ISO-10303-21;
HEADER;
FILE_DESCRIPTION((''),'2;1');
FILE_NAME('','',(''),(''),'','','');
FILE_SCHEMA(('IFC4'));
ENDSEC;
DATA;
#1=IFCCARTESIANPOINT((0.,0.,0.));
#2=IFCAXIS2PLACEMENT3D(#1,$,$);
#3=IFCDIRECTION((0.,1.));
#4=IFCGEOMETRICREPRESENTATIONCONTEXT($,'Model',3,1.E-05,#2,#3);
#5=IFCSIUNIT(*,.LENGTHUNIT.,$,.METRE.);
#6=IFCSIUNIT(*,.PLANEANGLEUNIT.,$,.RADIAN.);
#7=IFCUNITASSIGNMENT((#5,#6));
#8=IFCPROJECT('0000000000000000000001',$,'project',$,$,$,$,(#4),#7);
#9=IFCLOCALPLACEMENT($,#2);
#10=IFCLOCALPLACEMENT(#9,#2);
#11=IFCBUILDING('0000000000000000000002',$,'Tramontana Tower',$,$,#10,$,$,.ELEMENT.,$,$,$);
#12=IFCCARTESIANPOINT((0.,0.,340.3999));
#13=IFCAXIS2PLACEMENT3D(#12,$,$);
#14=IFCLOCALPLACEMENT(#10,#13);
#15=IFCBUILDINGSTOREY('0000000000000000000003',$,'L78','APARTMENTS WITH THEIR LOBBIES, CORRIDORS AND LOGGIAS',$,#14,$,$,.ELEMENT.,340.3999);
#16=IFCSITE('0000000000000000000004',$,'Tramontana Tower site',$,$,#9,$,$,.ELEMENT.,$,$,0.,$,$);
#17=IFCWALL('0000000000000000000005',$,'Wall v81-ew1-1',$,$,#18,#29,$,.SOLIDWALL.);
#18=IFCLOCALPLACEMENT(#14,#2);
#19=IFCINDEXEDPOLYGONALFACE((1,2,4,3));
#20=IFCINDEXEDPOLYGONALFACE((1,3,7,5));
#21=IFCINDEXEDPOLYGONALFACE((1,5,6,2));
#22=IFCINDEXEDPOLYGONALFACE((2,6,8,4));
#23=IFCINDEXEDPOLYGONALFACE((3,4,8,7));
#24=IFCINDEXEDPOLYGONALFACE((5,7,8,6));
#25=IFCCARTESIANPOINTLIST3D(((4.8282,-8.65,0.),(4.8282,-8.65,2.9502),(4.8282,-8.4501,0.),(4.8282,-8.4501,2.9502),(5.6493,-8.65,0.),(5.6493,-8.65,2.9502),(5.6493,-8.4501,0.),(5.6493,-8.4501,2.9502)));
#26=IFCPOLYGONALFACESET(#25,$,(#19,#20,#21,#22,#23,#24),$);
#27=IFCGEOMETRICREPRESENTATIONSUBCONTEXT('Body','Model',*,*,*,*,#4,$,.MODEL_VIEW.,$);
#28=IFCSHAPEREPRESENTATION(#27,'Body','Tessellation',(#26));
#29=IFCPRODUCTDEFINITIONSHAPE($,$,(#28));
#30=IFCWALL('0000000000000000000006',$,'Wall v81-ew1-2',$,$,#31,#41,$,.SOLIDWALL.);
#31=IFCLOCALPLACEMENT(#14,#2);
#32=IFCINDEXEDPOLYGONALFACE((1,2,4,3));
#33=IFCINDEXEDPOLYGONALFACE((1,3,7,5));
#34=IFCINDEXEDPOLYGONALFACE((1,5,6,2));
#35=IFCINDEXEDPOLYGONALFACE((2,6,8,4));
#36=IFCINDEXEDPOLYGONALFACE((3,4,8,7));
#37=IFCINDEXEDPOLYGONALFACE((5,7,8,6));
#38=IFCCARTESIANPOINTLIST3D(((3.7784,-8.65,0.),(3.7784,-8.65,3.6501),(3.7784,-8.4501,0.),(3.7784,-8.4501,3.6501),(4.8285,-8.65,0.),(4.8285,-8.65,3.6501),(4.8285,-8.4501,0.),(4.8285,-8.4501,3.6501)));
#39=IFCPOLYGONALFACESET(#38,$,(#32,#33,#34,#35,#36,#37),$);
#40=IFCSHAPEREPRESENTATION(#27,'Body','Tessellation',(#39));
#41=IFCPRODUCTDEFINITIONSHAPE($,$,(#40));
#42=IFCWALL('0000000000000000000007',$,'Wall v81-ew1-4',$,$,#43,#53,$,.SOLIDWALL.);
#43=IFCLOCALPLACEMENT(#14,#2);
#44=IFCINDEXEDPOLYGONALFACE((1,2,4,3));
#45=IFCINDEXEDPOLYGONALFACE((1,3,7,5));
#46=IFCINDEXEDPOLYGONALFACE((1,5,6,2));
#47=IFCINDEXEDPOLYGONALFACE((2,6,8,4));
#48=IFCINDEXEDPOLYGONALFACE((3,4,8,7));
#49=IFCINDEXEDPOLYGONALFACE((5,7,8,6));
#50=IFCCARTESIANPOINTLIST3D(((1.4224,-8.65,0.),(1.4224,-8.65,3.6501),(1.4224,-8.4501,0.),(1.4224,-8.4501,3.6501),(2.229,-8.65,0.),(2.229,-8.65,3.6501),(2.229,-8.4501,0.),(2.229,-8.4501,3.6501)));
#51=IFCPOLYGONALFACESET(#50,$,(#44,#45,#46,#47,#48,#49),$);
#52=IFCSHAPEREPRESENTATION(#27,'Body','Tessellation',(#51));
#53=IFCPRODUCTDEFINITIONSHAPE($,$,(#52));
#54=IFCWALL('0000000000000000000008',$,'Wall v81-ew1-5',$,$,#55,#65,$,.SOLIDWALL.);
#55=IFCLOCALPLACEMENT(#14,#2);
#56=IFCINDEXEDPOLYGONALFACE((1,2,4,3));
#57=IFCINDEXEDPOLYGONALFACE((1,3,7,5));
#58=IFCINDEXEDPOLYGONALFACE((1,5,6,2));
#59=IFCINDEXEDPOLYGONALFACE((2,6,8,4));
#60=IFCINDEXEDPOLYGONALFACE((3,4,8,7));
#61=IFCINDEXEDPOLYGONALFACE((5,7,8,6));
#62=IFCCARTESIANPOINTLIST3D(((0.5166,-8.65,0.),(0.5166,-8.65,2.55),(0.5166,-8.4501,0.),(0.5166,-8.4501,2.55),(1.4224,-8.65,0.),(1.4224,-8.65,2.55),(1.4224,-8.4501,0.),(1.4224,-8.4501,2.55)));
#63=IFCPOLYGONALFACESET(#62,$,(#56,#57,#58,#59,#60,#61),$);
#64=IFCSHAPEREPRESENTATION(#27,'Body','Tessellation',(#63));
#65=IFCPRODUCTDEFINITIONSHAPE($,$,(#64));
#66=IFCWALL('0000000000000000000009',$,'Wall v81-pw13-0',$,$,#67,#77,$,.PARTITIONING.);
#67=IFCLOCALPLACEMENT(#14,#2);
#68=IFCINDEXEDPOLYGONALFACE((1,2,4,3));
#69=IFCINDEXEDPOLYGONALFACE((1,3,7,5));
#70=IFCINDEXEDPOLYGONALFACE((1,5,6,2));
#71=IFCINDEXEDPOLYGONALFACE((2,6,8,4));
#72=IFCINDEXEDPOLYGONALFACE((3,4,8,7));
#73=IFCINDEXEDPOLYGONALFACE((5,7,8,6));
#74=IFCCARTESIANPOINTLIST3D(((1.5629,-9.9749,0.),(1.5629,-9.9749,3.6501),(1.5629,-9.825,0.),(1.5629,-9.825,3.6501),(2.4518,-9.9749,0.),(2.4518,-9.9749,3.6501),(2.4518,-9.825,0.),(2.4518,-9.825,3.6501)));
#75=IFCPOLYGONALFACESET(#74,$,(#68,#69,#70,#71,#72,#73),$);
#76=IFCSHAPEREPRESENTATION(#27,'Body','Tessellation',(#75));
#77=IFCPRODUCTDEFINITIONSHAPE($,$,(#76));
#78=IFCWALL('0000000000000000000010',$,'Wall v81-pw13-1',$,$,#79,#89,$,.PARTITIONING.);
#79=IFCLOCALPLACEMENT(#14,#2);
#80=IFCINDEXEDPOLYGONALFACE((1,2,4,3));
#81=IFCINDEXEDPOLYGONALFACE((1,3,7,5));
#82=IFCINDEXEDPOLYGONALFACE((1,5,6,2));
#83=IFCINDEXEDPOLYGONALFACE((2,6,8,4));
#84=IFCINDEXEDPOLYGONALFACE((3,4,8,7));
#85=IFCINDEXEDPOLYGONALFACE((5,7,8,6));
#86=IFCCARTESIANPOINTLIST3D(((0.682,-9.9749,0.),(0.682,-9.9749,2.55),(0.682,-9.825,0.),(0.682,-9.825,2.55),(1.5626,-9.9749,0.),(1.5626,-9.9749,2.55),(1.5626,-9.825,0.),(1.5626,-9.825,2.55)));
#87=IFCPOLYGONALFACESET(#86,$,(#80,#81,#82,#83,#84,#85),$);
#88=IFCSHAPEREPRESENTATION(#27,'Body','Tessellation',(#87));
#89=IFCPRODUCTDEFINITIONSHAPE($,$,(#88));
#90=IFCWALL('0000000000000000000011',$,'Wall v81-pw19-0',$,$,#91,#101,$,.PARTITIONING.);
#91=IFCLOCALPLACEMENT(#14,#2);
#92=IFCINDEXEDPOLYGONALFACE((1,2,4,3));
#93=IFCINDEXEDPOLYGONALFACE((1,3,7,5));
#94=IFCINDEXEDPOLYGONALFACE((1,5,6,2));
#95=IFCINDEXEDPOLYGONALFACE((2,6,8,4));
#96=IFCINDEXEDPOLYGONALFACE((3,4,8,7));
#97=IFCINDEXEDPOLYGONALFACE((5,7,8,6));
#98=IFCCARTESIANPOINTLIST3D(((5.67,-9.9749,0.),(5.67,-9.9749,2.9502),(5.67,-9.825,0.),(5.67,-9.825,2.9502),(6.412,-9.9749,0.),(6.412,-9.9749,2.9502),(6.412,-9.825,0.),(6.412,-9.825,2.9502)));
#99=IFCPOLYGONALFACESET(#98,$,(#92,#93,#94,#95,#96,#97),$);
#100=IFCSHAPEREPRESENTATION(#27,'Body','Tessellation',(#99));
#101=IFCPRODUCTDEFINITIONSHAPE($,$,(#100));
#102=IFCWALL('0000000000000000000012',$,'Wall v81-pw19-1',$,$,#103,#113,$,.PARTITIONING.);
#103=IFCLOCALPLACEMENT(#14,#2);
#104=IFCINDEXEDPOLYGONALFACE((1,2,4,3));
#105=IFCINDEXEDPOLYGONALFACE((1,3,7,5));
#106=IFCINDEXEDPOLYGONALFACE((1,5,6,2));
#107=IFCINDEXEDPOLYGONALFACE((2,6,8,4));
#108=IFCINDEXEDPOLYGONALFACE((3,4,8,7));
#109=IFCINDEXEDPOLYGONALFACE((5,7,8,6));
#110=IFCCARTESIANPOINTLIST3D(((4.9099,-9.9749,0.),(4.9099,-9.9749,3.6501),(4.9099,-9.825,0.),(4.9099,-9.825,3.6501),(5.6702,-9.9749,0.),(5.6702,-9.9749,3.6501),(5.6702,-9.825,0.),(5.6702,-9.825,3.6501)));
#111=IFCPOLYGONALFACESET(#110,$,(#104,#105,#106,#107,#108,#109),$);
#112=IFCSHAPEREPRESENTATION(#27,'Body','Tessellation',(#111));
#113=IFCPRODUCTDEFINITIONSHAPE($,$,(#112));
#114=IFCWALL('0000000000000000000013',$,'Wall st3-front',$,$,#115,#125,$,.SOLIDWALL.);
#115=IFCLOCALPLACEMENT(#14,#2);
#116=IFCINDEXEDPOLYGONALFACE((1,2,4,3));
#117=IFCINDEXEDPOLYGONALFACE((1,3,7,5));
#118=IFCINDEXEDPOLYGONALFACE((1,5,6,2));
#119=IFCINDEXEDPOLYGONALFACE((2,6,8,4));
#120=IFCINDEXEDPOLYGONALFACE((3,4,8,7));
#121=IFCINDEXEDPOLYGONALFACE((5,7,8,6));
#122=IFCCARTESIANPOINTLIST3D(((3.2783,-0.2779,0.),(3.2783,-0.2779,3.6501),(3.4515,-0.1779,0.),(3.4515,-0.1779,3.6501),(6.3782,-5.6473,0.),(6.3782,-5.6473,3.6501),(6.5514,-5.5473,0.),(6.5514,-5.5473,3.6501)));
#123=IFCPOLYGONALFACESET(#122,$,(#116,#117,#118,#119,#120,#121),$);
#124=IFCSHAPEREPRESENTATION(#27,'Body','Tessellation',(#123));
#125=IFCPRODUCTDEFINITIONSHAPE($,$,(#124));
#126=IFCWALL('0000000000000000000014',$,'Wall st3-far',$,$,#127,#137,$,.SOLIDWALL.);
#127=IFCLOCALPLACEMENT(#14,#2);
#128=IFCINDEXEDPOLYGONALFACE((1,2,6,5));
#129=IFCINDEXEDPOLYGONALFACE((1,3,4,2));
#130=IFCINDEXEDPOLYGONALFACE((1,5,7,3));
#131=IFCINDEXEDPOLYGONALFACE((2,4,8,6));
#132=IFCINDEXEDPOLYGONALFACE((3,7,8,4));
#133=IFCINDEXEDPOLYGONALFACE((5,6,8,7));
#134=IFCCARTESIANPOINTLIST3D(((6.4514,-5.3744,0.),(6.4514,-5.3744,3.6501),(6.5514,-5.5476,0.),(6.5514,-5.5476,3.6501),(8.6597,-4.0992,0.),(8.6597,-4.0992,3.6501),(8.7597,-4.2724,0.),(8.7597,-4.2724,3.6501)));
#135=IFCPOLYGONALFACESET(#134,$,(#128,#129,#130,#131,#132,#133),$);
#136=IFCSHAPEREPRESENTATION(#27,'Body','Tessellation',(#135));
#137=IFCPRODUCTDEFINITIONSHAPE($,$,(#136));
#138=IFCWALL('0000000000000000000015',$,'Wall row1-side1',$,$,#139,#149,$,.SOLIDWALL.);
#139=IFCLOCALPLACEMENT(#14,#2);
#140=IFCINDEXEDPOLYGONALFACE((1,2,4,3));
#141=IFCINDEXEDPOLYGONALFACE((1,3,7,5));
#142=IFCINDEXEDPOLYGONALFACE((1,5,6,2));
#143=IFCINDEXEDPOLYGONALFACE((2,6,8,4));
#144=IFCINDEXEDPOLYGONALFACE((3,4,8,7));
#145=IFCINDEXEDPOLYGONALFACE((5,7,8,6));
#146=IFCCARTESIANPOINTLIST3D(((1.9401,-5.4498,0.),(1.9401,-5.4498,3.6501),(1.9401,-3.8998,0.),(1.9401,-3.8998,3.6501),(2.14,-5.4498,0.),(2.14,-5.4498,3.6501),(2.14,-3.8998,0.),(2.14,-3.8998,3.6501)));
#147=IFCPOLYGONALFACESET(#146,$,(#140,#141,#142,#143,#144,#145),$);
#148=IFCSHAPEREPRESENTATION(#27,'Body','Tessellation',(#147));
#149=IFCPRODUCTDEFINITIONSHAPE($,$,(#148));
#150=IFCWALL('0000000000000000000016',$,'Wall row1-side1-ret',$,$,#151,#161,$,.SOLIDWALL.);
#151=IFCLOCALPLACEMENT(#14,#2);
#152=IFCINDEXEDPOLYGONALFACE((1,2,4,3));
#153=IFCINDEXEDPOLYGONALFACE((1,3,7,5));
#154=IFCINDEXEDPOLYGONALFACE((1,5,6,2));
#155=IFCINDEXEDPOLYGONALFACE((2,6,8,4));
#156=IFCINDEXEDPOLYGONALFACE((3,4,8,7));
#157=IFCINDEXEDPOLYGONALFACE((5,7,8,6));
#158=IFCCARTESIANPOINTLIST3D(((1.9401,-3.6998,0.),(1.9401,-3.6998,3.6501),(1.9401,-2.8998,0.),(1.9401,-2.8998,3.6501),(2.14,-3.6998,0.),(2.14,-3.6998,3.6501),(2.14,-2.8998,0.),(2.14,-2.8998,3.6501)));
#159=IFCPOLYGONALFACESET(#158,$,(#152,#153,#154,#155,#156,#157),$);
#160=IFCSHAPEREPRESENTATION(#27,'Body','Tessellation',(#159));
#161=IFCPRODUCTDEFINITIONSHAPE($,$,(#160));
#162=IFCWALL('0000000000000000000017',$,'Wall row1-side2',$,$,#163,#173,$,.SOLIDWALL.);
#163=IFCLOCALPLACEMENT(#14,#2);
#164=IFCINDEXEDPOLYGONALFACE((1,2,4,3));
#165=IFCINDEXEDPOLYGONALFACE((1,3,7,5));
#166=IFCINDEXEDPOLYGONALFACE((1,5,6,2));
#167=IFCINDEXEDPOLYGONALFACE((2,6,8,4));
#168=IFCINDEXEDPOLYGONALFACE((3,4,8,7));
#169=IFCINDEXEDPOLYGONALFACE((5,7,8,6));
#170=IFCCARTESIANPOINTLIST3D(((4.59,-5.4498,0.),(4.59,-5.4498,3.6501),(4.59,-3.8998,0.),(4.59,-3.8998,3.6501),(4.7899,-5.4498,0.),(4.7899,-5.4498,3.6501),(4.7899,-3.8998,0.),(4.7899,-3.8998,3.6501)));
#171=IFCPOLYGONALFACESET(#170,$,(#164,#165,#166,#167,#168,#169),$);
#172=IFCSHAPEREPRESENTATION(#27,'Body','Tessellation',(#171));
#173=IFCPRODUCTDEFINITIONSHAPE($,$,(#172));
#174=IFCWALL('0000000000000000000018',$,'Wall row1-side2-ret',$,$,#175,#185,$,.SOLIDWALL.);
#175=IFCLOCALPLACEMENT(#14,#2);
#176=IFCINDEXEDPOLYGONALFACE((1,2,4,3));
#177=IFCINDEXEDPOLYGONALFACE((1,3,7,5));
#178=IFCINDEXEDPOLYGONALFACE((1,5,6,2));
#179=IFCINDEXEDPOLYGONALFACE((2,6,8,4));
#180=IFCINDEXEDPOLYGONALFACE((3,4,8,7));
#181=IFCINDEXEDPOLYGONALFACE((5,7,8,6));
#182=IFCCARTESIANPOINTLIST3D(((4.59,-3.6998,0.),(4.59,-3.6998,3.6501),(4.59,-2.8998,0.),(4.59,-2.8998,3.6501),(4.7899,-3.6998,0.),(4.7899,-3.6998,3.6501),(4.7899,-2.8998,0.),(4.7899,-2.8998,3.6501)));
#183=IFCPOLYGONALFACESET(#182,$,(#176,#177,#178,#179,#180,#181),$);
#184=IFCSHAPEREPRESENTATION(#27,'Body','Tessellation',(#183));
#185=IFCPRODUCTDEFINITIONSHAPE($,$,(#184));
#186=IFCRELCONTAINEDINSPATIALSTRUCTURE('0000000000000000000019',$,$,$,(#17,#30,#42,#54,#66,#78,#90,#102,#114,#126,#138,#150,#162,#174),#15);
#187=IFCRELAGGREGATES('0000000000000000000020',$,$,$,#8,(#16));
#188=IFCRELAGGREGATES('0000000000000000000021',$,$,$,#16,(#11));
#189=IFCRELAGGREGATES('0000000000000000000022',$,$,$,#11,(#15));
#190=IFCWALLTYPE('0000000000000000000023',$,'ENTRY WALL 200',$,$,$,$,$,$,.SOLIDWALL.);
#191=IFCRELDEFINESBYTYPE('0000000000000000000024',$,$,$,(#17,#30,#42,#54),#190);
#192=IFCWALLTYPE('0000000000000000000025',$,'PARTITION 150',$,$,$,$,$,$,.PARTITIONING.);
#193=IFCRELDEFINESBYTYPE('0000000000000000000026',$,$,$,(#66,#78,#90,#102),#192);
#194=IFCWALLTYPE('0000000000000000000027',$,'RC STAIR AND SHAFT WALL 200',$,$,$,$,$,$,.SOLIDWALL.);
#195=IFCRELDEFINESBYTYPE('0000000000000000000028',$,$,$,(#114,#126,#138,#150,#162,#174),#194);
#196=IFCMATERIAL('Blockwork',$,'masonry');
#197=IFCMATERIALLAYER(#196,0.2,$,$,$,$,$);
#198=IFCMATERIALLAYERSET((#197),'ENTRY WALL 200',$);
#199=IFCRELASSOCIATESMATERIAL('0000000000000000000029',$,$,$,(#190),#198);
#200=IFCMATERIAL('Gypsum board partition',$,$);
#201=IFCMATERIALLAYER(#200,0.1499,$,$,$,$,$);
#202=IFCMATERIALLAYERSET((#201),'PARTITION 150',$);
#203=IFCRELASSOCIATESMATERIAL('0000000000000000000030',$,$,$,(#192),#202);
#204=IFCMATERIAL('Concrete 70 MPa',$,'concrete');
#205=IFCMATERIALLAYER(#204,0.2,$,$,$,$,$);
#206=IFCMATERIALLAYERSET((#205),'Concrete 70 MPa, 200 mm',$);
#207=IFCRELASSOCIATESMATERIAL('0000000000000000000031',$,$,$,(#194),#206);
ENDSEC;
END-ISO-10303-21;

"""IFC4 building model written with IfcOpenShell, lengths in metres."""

from ifc_helpers import new_model, si_unit, direction, frame, frame_2d, origin, place, context, subcontext, project, spatial, rectangle, extrude, material, layer, layer_set, type_object, element, save


model = new_model("IFC4")

# Units and contexts
model_context = context("Model", 3, precision=1e-05, world=origin(), true_north=direction((0.0, 1.0)))
body_context = subcontext(model_context, "Body", "Model", "MODEL_VIEW")
ifc_project = project(units=[si_unit("LENGTHUNIT", "METRE"), si_unit("PLANEANGLEUNIT", "RADIAN")], contexts=[model_context])

# Site, building, storey
site_placement = place(None, origin())
site = spatial("IfcSite", under=ifc_project, at=site_placement, Name="Tramontana Tower site", CompositionType="ELEMENT", RefElevation=0.0)
building_placement = place(site_placement, origin())
building = spatial("IfcBuilding", under=site, at=building_placement, Name="Tramontana Tower", CompositionType="ELEMENT")
storey_placement = place(building_placement, frame((0.0, 0.0, 340.3999)))
storey = spatial("IfcBuildingStorey", under=building, at=storey_placement, Name="L78", Description="APARTMENTS WITH THEIR LOBBIES, CORRIDORS AND LOGGIAS", CompositionType="ELEMENT", Elevation=340.3999)

# Walls
ifc_material_1 = material(Name="Blockwork", Category="masonry")
ifc_layer_1 = layer(ifc_material_1, 0.2)
ifc_layer_set_1 = layer_set([ifc_layer_1], Name="ENTRY WALL 200")
wall_type_1 = type_object("IfcWallType", Name="ENTRY WALL 200", PredefinedType="SOLIDWALL", material=ifc_layer_set_1)
wall_1_placement = place(storey_placement, frame((5.6494, -8.55, 0.0), z_axis=(0.0, 0.0, 1.0), x_axis=(-1.0, 0.0, 0.0)))
element("IfcWall", 1, at=wall_1_placement, inside=storey, type_object=wall_type_1, Name="Wall v81-ew1-1", PredefinedType="SOLIDWALL", context=body_context, shape_type="SweptSolid", body=[
    extrude(rectangle(XDim=0.821, YDim=0.2, at=frame_2d((0.4106, 0.0))), origin(), (0.0, 0.0, 1.0), 2.9502),
])
wall_2_placement = place(storey_placement, frame((4.8284, -8.55, 0.0), z_axis=(0.0, 0.0, 1.0), x_axis=(-1.0, 0.0, 0.0)))
element("IfcWall", 2, at=wall_2_placement, inside=storey, type_object=wall_type_1, Name="Wall v81-ew1-2", PredefinedType="SOLIDWALL", context=body_context, shape_type="SweptSolid", body=[
    extrude(rectangle(XDim=1.05, YDim=0.2, at=frame_2d((0.5249, 0.0))), origin(), (0.0, 0.0, 1.0), 3.6501),
])

# Walls
wall_3_placement = place(storey_placement, frame((2.229, -8.55, 0.0), z_axis=(0.0, 0.0, 1.0), x_axis=(-1.0, 0.0, 0.0)))
element("IfcWall", 3, at=wall_3_placement, inside=storey, type_object=wall_type_1, Name="Wall v81-ew1-4", PredefinedType="SOLIDWALL", context=body_context, shape_type="SweptSolid", body=[
    extrude(rectangle(XDim=0.8066, YDim=0.2, at=frame_2d((0.4033, 0.0))), origin(), (0.0, 0.0, 1.0), 3.6501),
])
wall_4_placement = place(storey_placement, frame((1.4224, -8.55, 0.0), z_axis=(0.0, 0.0, 1.0), x_axis=(-1.0, 0.0, 0.0)))
element("IfcWall", 4, at=wall_4_placement, inside=storey, type_object=wall_type_1, Name="Wall v81-ew1-5", PredefinedType="SOLIDWALL", context=body_context, shape_type="SweptSolid", body=[
    extrude(rectangle(XDim=0.9058, YDim=0.2, at=frame_2d((0.4529, 0.0))), origin(), (0.0, 0.0, 1.0), 2.55),
])
ifc_material_2 = material(Name="Gypsum board partition")
ifc_layer_2 = layer(ifc_material_2, 0.1499)
ifc_layer_set_2 = layer_set([ifc_layer_2], Name="PARTITION 150")
wall_type_2 = type_object("IfcWallType", Name="PARTITION 150", PredefinedType="PARTITIONING", material=ifc_layer_set_2)
wall_5_placement = place(storey_placement, frame((2.4517, -9.8999, 0.0), z_axis=(0.0, 0.0, 1.0), x_axis=(-1.0, 0.0, 0.0)))
element("IfcWall", 5, at=wall_5_placement, inside=storey, type_object=wall_type_2, Name="Wall v81-pw13-0", PredefinedType="PARTITIONING", context=body_context, shape_type="SweptSolid", body=[
    extrude(rectangle(XDim=0.8889, YDim=0.1499, at=frame_2d((0.4443, 0.0))), origin(), (0.0, 0.0, 1.0), 3.6501),
])
wall_6_placement = place(storey_placement, frame((1.5627, -9.8999, 0.0), z_axis=(0.0, 0.0, 1.0), x_axis=(-1.0, 0.0, 0.0)))
element("IfcWall", 6, at=wall_6_placement, inside=storey, type_object=wall_type_2, Name="Wall v81-pw13-1", PredefinedType="PARTITIONING", context=body_context, shape_type="SweptSolid", body=[
    extrude(rectangle(XDim=0.8806, YDim=0.1499, at=frame_2d((0.4404, 0.0))), origin(), (0.0, 0.0, 1.0), 2.55),
])
wall_7_placement = place(storey_placement, frame((6.4121, -9.8999, 0.0), z_axis=(0.0, 0.0, 1.0), x_axis=(-1.0, 0.0, 0.0)))
element("IfcWall", 7, at=wall_7_placement, inside=storey, type_object=wall_type_2, Name="Wall v81-pw19-0", PredefinedType="PARTITIONING", context=body_context, shape_type="SweptSolid", body=[
    extrude(rectangle(XDim=0.7419, YDim=0.1499, at=frame_2d((0.3711, 0.0))), origin(), (0.0, 0.0, 1.0), 2.9502),
])
wall_8_placement = place(storey_placement, frame((5.6702, -9.8999, 0.0), z_axis=(0.0, 0.0, 1.0), x_axis=(-1.0, 0.0, 0.0)))
element("IfcWall", 8, at=wall_8_placement, inside=storey, type_object=wall_type_2, Name="Wall v81-pw19-1", PredefinedType="PARTITIONING", context=body_context, shape_type="SweptSolid", body=[
    extrude(rectangle(XDim=0.7603, YDim=0.1499, at=frame_2d((0.3801, 0.0))), origin(), (0.0, 0.0, 1.0), 3.6501),
])
ifc_material_3 = material(Name="Concrete 70 MPa", Category="concrete")
ifc_layer_3 = layer(ifc_material_3, 0.2)
ifc_layer_set_3 = layer_set([ifc_layer_3], Name="Concrete 70 MPa, 200 mm")
wall_type_3 = type_object("IfcWallType", Name="RC STAIR AND SHAFT WALL 200", PredefinedType="SOLIDWALL", material=ifc_layer_set_3)
wall_9_placement = place(storey_placement, frame((6.4648, -5.5974, 0.0), z_axis=(0.0, 0.0, 1.0), x_axis=(-0.49998, 0.866037, 0.0)))
element("IfcWall", 9, at=wall_9_placement, inside=storey, type_object=wall_type_3, Name="Wall st3-front", PredefinedType="SOLIDWALL", context=body_context, shape_type="SweptSolid", body=[
    extrude(rectangle(XDim=6.2, YDim=0.2, at=frame_2d((3.1001, 0.0))), origin(), (0.0, 0.0, 1.0), 3.6501),
])
wall_10_placement = place(storey_placement, frame((6.5015, -5.4609, 0.0), z_axis=(0.0, 0.0, 1.0), x_axis=(0.865989, 0.500062, 0.0)))
element("IfcWall", 10, at=wall_10_placement, inside=storey, type_object=wall_type_3, Name="Wall st3-far", PredefinedType="SOLIDWALL", context=body_context, shape_type="SweptSolid", body=[
    extrude(rectangle(XDim=2.55, YDim=0.2, at=frame_2d((1.2749, 0.0))), origin(), (0.0, 0.0, 1.0), 3.6501),
])

# Walls
wall_11_placement = place(storey_placement, frame((2.04, -3.8999, 0.0), z_axis=(0.0, 0.0, 1.0), x_axis=(0.0, -1.0, 0.0)))
element("IfcWall", 11, at=wall_11_placement, inside=storey, type_object=wall_type_3, Name="Wall row1-side1", PredefinedType="SOLIDWALL", context=body_context, shape_type="SweptSolid", body=[
    extrude(rectangle(XDim=1.55, YDim=0.2, at=frame_2d((0.7749, 0.0))), origin(), (0.0, 0.0, 1.0), 3.6501),
])
wall_12_placement = place(storey_placement, frame((2.04, -2.8999, 0.0), z_axis=(0.0, 0.0, 1.0), x_axis=(0.0, -1.0, 0.0)))
element("IfcWall", 12, at=wall_12_placement, inside=storey, type_object=wall_type_3, Name="Wall row1-side1-ret", PredefinedType="SOLIDWALL", context=body_context, shape_type="SweptSolid", body=[
    extrude(rectangle(XDim=0.8, YDim=0.2, at=frame_2d((0.3999, 0.0))), origin(), (0.0, 0.0, 1.0), 3.6501),
])
wall_13_placement = place(storey_placement, frame((4.6899, -3.8999, 0.0), z_axis=(0.0, 0.0, 1.0), x_axis=(0.0, -1.0, 0.0)))
element("IfcWall", 13, at=wall_13_placement, inside=storey, type_object=wall_type_3, Name="Wall row1-side2", PredefinedType="SOLIDWALL", context=body_context, shape_type="SweptSolid", body=[
    extrude(rectangle(XDim=1.55, YDim=0.2, at=frame_2d((0.7749, 0.0))), origin(), (0.0, 0.0, 1.0), 3.6501),
])
wall_14_placement = place(storey_placement, frame((4.6899, -2.8999, 0.0), z_axis=(0.0, 0.0, 1.0), x_axis=(0.0, -1.0, 0.0)))
element("IfcWall", 14, at=wall_14_placement, inside=storey, type_object=wall_type_3, Name="Wall row1-side2-ret", PredefinedType="SOLIDWALL", context=body_context, shape_type="SweptSolid", body=[
    extrude(rectangle(XDim=0.8, YDim=0.2, at=frame_2d((0.3999, 0.0))), origin(), (0.0, 0.0, 1.0), 3.6501),
])

save(model, "model.ifc")
